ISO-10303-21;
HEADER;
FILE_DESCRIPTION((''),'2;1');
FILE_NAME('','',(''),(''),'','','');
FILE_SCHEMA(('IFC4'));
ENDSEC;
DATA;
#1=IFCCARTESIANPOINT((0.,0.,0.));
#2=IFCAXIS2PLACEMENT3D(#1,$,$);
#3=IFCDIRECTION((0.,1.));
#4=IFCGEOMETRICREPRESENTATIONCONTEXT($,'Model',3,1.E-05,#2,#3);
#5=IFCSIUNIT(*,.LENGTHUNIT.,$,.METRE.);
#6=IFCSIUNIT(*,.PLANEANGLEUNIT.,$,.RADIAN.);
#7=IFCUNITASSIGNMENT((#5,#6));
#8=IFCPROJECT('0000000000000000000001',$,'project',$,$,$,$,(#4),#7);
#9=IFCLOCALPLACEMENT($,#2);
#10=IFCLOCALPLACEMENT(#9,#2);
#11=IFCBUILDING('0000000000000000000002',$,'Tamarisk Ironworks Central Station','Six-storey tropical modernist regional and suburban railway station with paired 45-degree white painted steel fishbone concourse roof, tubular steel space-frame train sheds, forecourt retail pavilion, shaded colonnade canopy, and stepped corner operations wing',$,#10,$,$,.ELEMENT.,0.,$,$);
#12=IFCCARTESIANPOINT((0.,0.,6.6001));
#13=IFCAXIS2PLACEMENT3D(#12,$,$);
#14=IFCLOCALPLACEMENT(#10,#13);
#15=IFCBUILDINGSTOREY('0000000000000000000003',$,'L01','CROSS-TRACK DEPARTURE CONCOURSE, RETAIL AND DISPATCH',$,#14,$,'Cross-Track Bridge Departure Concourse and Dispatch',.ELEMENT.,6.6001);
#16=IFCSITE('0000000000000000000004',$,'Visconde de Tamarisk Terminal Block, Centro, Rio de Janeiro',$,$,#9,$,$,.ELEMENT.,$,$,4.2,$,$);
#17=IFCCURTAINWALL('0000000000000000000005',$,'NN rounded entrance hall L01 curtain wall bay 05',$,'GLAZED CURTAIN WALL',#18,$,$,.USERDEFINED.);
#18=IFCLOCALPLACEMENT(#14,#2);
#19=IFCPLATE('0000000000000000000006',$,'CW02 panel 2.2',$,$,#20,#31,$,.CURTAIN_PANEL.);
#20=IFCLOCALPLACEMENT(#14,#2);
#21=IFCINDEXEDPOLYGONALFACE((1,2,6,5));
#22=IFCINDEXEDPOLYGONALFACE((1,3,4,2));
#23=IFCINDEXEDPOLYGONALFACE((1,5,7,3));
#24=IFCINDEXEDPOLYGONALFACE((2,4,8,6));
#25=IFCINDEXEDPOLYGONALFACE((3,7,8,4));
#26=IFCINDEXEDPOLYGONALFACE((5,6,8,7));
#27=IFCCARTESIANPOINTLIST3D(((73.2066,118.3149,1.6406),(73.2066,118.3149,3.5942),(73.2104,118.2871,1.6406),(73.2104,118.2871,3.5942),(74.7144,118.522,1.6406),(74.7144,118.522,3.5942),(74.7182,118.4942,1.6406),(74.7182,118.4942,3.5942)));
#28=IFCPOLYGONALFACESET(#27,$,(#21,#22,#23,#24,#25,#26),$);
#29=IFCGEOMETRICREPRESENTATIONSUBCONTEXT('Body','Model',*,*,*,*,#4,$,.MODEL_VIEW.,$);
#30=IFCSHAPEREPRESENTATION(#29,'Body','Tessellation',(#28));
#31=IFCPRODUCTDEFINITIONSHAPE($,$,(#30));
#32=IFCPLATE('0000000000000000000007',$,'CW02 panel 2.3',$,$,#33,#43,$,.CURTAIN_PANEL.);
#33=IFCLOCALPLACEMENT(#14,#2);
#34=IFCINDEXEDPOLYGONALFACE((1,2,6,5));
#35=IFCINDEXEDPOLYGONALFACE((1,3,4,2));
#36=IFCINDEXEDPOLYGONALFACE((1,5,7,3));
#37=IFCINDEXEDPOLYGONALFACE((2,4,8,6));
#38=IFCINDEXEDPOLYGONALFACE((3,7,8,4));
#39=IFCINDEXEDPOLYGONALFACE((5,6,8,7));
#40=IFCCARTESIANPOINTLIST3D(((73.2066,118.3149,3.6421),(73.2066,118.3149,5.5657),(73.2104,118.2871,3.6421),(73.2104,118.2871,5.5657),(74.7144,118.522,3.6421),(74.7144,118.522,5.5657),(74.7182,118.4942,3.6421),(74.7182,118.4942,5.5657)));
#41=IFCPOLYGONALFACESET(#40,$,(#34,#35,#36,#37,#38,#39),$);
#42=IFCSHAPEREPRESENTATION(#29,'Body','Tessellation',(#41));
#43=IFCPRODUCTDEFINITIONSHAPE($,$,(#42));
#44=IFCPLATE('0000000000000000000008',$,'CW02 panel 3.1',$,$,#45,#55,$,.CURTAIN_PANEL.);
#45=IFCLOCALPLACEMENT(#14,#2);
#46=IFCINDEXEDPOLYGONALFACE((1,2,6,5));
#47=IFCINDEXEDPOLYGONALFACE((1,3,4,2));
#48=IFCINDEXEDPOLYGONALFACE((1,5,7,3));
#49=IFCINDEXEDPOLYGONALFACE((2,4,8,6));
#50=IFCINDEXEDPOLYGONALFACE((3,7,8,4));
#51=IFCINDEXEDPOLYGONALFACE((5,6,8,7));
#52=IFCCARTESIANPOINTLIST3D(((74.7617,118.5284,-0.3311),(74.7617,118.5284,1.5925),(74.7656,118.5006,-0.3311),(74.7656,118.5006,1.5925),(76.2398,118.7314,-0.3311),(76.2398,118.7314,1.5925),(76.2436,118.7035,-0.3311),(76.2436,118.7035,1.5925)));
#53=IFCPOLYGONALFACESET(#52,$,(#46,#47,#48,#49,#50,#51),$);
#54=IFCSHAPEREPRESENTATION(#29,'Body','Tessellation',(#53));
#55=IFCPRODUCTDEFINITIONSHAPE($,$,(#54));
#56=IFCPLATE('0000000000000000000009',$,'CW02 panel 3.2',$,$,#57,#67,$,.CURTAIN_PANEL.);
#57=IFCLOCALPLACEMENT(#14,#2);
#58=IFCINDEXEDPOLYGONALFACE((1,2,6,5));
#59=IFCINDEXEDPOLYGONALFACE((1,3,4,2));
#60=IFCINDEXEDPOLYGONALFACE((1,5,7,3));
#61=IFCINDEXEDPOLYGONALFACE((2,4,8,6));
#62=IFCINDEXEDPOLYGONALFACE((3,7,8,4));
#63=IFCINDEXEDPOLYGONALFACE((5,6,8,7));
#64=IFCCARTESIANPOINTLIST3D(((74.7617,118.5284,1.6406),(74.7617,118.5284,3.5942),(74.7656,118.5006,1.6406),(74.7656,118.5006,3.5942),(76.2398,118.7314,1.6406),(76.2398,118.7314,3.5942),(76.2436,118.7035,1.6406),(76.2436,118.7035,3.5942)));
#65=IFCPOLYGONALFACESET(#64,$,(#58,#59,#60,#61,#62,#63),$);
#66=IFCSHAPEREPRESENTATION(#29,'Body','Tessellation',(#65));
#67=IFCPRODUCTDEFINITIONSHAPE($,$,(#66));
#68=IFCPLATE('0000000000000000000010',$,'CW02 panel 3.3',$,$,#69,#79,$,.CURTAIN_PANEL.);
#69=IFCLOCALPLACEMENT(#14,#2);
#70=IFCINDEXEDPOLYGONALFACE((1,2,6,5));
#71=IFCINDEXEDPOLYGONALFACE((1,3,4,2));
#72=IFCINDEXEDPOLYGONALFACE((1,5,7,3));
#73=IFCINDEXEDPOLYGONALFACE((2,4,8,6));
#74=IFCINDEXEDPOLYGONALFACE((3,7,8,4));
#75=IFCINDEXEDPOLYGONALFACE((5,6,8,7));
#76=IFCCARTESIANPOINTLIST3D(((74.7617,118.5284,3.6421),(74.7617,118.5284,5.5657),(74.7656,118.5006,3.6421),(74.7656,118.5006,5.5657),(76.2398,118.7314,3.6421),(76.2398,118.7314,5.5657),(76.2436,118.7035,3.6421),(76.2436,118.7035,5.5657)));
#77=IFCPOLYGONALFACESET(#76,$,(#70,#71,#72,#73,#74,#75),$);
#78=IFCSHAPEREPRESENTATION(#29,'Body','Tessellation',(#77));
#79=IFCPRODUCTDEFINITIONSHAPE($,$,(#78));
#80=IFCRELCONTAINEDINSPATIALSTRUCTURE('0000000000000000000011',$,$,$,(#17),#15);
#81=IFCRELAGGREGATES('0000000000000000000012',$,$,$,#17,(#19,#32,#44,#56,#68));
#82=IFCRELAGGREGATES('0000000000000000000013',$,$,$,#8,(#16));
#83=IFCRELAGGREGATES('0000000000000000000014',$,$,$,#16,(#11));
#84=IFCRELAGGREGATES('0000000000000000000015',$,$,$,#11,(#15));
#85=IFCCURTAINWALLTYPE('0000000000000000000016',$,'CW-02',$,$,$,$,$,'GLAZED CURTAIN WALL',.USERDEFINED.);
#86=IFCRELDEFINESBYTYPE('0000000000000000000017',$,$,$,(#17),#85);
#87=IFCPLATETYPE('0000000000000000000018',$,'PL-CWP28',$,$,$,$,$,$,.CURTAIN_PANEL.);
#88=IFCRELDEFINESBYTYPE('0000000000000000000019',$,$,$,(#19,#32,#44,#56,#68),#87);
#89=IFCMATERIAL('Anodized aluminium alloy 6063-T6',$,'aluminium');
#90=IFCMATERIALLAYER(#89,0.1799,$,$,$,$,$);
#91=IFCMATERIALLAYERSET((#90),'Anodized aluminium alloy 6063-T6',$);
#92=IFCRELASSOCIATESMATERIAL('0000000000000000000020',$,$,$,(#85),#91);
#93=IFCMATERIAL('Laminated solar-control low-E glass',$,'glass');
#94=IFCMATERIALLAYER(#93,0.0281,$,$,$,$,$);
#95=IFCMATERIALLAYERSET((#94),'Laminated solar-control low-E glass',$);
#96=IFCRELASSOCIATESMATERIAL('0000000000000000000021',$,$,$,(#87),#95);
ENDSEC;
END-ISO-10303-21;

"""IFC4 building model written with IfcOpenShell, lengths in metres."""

from ifc_helpers import new_model, si_unit, direction, frame, origin, origin_2d, place, context, subcontext, project, spatial, rectangle, extrude, material, layer, layer_set, type_object, element, aggregate, save


model = new_model("IFC4")

# Units and contexts
model_context = context("Model", 3, precision=1e-05, world=origin(), true_north=direction((0.0, 1.0)))
body_context = subcontext(model_context, "Body", "Model", "MODEL_VIEW")
ifc_project = project(units=[si_unit("LENGTHUNIT", "METRE"), si_unit("PLANEANGLEUNIT", "RADIAN")], contexts=[model_context])

# Site, building, storey
site_placement = place(None, origin())
site = spatial("IfcSite", under=ifc_project, at=site_placement, Name="Visconde de Tamarisk Terminal Block, Centro, Rio de Janeiro", CompositionType="ELEMENT", RefElevation=4.2)
building_placement = place(site_placement, origin())
building = spatial("IfcBuilding", under=site, at=building_placement, Name="Tamarisk Ironworks Central Station", Description="Six-storey tropical modernist regional and suburban railway station with paired 45-degree white painted steel fishbone concourse roof, tubular steel space-frame train sheds, forecourt retail pavilion, shaded colonnade canopy, and stepped corner operations wing", CompositionType="ELEMENT", ElevationOfRefHeight=0.0)
storey_placement = place(building_placement, frame((0.0, 0.0, 6.6001)))
storey = spatial("IfcBuildingStorey", under=building, at=storey_placement, Name="L01", Description="CROSS-TRACK DEPARTURE CONCOURSE, RETAIL AND DISPATCH", LongName="Cross-Track Bridge Departure Concourse and Dispatch", CompositionType="ELEMENT", Elevation=6.6001)

# Curtain wall
ifc_material_1 = material(Name="Anodized aluminium alloy 6063-T6", Category="aluminium")
ifc_layer_1 = layer(ifc_material_1, 0.1799)
ifc_layer_set_1 = layer_set([ifc_layer_1], Name="Anodized aluminium alloy 6063-T6")
curtain_wall_type = type_object("IfcCurtainWallType", Name="CW-02", ElementType="GLAZED CURTAIN WALL", PredefinedType="USERDEFINED", material=ifc_layer_set_1)
curtain_wall_1_placement = place(storey_placement, origin())
curtain_wall_1 = element("IfcCurtainWall", 1, at=curtain_wall_1_placement, inside=storey, type_object=curtain_wall_type, Name="NN rounded entrance hall L01 curtain wall bay 05", ObjectType="GLAZED CURTAIN WALL", PredefinedType="USERDEFINED")

# Plates
ifc_material_2 = material(Name="Laminated solar-control low-E glass", Category="glass")
ifc_layer_2 = layer(ifc_material_2, 0.0281)
ifc_layer_set_2 = layer_set([ifc_layer_2], Name="Laminated solar-control low-E glass")
plate_type = type_object("IfcPlateType", Name="PL-CWP28", PredefinedType="CURTAIN_PANEL", material=ifc_layer_set_2)
plate_1_placement = place(storey_placement, frame((73.9624, 118.4045, 1.6406), z_axis=(0.0, 0.0, 1.0), x_axis=(0.990703, 0.136042, 0.0)))
plate_1 = element("IfcPlate", 2, at=plate_1_placement, type_object=plate_type, Name="CW02 panel 2.2", PredefinedType="CURTAIN_PANEL", context=body_context, shape_type="SweptSolid", body=[
    extrude(rectangle(XDim=1.522, YDim=0.0281, at=origin_2d()), origin(), (0.0, 0.0, 1.0), 1.9536),
])
plate_2_placement = place(storey_placement, frame((73.9624, 118.4045, 3.6421), z_axis=(0.0, 0.0, 1.0), x_axis=(0.990703, 0.136042, 0.0)))
plate_2 = element("IfcPlate", 3, at=plate_2_placement, type_object=plate_type, Name="CW02 panel 2.3", PredefinedType="CURTAIN_PANEL", context=body_context, shape_type="SweptSolid", body=[
    extrude(rectangle(XDim=1.522, YDim=0.0281, at=origin_2d()), origin(), (0.0, 0.0, 1.0), 1.9236),
])
plate_3_placement = place(storey_placement, frame((75.5027, 118.616, -0.3311), z_axis=(0.0, 0.0, 1.0), x_axis=(0.990703, 0.136042, 0.0)))
plate_3 = element("IfcPlate", 4, at=plate_3_placement, type_object=plate_type, Name="CW02 panel 3.1", PredefinedType="CURTAIN_PANEL", context=body_context, shape_type="SweptSolid", body=[
    extrude(rectangle(XDim=1.4919, YDim=0.0281, at=origin_2d()), origin(), (0.0, 0.0, 1.0), 1.9236),
])
plate_4_placement = place(storey_placement, frame((75.5027, 118.616, 1.6406), z_axis=(0.0, 0.0, 1.0), x_axis=(0.990703, 0.136042, 0.0)))
plate_4 = element("IfcPlate", 5, at=plate_4_placement, type_object=plate_type, Name="CW02 panel 3.2", PredefinedType="CURTAIN_PANEL", context=body_context, shape_type="SweptSolid", body=[
    extrude(rectangle(XDim=1.4919, YDim=0.0281, at=origin_2d()), origin(), (0.0, 0.0, 1.0), 1.9536),
])
plate_5_placement = place(storey_placement, frame((75.5027, 118.616, 3.6421), z_axis=(0.0, 0.0, 1.0), x_axis=(0.990703, 0.136042, 0.0)))
plate_5 = element("IfcPlate", 6, at=plate_5_placement, type_object=plate_type, Name="CW02 panel 3.3", PredefinedType="CURTAIN_PANEL", context=body_context, shape_type="SweptSolid", body=[
    extrude(rectangle(XDim=1.4919, YDim=0.0281, at=origin_2d()), origin(), (0.0, 0.0, 1.0), 1.9236),
])
aggregate(curtain_wall_1, [plate_1, plate_2, plate_3, plate_4, plate_5])

save(model, "model.ifc")
